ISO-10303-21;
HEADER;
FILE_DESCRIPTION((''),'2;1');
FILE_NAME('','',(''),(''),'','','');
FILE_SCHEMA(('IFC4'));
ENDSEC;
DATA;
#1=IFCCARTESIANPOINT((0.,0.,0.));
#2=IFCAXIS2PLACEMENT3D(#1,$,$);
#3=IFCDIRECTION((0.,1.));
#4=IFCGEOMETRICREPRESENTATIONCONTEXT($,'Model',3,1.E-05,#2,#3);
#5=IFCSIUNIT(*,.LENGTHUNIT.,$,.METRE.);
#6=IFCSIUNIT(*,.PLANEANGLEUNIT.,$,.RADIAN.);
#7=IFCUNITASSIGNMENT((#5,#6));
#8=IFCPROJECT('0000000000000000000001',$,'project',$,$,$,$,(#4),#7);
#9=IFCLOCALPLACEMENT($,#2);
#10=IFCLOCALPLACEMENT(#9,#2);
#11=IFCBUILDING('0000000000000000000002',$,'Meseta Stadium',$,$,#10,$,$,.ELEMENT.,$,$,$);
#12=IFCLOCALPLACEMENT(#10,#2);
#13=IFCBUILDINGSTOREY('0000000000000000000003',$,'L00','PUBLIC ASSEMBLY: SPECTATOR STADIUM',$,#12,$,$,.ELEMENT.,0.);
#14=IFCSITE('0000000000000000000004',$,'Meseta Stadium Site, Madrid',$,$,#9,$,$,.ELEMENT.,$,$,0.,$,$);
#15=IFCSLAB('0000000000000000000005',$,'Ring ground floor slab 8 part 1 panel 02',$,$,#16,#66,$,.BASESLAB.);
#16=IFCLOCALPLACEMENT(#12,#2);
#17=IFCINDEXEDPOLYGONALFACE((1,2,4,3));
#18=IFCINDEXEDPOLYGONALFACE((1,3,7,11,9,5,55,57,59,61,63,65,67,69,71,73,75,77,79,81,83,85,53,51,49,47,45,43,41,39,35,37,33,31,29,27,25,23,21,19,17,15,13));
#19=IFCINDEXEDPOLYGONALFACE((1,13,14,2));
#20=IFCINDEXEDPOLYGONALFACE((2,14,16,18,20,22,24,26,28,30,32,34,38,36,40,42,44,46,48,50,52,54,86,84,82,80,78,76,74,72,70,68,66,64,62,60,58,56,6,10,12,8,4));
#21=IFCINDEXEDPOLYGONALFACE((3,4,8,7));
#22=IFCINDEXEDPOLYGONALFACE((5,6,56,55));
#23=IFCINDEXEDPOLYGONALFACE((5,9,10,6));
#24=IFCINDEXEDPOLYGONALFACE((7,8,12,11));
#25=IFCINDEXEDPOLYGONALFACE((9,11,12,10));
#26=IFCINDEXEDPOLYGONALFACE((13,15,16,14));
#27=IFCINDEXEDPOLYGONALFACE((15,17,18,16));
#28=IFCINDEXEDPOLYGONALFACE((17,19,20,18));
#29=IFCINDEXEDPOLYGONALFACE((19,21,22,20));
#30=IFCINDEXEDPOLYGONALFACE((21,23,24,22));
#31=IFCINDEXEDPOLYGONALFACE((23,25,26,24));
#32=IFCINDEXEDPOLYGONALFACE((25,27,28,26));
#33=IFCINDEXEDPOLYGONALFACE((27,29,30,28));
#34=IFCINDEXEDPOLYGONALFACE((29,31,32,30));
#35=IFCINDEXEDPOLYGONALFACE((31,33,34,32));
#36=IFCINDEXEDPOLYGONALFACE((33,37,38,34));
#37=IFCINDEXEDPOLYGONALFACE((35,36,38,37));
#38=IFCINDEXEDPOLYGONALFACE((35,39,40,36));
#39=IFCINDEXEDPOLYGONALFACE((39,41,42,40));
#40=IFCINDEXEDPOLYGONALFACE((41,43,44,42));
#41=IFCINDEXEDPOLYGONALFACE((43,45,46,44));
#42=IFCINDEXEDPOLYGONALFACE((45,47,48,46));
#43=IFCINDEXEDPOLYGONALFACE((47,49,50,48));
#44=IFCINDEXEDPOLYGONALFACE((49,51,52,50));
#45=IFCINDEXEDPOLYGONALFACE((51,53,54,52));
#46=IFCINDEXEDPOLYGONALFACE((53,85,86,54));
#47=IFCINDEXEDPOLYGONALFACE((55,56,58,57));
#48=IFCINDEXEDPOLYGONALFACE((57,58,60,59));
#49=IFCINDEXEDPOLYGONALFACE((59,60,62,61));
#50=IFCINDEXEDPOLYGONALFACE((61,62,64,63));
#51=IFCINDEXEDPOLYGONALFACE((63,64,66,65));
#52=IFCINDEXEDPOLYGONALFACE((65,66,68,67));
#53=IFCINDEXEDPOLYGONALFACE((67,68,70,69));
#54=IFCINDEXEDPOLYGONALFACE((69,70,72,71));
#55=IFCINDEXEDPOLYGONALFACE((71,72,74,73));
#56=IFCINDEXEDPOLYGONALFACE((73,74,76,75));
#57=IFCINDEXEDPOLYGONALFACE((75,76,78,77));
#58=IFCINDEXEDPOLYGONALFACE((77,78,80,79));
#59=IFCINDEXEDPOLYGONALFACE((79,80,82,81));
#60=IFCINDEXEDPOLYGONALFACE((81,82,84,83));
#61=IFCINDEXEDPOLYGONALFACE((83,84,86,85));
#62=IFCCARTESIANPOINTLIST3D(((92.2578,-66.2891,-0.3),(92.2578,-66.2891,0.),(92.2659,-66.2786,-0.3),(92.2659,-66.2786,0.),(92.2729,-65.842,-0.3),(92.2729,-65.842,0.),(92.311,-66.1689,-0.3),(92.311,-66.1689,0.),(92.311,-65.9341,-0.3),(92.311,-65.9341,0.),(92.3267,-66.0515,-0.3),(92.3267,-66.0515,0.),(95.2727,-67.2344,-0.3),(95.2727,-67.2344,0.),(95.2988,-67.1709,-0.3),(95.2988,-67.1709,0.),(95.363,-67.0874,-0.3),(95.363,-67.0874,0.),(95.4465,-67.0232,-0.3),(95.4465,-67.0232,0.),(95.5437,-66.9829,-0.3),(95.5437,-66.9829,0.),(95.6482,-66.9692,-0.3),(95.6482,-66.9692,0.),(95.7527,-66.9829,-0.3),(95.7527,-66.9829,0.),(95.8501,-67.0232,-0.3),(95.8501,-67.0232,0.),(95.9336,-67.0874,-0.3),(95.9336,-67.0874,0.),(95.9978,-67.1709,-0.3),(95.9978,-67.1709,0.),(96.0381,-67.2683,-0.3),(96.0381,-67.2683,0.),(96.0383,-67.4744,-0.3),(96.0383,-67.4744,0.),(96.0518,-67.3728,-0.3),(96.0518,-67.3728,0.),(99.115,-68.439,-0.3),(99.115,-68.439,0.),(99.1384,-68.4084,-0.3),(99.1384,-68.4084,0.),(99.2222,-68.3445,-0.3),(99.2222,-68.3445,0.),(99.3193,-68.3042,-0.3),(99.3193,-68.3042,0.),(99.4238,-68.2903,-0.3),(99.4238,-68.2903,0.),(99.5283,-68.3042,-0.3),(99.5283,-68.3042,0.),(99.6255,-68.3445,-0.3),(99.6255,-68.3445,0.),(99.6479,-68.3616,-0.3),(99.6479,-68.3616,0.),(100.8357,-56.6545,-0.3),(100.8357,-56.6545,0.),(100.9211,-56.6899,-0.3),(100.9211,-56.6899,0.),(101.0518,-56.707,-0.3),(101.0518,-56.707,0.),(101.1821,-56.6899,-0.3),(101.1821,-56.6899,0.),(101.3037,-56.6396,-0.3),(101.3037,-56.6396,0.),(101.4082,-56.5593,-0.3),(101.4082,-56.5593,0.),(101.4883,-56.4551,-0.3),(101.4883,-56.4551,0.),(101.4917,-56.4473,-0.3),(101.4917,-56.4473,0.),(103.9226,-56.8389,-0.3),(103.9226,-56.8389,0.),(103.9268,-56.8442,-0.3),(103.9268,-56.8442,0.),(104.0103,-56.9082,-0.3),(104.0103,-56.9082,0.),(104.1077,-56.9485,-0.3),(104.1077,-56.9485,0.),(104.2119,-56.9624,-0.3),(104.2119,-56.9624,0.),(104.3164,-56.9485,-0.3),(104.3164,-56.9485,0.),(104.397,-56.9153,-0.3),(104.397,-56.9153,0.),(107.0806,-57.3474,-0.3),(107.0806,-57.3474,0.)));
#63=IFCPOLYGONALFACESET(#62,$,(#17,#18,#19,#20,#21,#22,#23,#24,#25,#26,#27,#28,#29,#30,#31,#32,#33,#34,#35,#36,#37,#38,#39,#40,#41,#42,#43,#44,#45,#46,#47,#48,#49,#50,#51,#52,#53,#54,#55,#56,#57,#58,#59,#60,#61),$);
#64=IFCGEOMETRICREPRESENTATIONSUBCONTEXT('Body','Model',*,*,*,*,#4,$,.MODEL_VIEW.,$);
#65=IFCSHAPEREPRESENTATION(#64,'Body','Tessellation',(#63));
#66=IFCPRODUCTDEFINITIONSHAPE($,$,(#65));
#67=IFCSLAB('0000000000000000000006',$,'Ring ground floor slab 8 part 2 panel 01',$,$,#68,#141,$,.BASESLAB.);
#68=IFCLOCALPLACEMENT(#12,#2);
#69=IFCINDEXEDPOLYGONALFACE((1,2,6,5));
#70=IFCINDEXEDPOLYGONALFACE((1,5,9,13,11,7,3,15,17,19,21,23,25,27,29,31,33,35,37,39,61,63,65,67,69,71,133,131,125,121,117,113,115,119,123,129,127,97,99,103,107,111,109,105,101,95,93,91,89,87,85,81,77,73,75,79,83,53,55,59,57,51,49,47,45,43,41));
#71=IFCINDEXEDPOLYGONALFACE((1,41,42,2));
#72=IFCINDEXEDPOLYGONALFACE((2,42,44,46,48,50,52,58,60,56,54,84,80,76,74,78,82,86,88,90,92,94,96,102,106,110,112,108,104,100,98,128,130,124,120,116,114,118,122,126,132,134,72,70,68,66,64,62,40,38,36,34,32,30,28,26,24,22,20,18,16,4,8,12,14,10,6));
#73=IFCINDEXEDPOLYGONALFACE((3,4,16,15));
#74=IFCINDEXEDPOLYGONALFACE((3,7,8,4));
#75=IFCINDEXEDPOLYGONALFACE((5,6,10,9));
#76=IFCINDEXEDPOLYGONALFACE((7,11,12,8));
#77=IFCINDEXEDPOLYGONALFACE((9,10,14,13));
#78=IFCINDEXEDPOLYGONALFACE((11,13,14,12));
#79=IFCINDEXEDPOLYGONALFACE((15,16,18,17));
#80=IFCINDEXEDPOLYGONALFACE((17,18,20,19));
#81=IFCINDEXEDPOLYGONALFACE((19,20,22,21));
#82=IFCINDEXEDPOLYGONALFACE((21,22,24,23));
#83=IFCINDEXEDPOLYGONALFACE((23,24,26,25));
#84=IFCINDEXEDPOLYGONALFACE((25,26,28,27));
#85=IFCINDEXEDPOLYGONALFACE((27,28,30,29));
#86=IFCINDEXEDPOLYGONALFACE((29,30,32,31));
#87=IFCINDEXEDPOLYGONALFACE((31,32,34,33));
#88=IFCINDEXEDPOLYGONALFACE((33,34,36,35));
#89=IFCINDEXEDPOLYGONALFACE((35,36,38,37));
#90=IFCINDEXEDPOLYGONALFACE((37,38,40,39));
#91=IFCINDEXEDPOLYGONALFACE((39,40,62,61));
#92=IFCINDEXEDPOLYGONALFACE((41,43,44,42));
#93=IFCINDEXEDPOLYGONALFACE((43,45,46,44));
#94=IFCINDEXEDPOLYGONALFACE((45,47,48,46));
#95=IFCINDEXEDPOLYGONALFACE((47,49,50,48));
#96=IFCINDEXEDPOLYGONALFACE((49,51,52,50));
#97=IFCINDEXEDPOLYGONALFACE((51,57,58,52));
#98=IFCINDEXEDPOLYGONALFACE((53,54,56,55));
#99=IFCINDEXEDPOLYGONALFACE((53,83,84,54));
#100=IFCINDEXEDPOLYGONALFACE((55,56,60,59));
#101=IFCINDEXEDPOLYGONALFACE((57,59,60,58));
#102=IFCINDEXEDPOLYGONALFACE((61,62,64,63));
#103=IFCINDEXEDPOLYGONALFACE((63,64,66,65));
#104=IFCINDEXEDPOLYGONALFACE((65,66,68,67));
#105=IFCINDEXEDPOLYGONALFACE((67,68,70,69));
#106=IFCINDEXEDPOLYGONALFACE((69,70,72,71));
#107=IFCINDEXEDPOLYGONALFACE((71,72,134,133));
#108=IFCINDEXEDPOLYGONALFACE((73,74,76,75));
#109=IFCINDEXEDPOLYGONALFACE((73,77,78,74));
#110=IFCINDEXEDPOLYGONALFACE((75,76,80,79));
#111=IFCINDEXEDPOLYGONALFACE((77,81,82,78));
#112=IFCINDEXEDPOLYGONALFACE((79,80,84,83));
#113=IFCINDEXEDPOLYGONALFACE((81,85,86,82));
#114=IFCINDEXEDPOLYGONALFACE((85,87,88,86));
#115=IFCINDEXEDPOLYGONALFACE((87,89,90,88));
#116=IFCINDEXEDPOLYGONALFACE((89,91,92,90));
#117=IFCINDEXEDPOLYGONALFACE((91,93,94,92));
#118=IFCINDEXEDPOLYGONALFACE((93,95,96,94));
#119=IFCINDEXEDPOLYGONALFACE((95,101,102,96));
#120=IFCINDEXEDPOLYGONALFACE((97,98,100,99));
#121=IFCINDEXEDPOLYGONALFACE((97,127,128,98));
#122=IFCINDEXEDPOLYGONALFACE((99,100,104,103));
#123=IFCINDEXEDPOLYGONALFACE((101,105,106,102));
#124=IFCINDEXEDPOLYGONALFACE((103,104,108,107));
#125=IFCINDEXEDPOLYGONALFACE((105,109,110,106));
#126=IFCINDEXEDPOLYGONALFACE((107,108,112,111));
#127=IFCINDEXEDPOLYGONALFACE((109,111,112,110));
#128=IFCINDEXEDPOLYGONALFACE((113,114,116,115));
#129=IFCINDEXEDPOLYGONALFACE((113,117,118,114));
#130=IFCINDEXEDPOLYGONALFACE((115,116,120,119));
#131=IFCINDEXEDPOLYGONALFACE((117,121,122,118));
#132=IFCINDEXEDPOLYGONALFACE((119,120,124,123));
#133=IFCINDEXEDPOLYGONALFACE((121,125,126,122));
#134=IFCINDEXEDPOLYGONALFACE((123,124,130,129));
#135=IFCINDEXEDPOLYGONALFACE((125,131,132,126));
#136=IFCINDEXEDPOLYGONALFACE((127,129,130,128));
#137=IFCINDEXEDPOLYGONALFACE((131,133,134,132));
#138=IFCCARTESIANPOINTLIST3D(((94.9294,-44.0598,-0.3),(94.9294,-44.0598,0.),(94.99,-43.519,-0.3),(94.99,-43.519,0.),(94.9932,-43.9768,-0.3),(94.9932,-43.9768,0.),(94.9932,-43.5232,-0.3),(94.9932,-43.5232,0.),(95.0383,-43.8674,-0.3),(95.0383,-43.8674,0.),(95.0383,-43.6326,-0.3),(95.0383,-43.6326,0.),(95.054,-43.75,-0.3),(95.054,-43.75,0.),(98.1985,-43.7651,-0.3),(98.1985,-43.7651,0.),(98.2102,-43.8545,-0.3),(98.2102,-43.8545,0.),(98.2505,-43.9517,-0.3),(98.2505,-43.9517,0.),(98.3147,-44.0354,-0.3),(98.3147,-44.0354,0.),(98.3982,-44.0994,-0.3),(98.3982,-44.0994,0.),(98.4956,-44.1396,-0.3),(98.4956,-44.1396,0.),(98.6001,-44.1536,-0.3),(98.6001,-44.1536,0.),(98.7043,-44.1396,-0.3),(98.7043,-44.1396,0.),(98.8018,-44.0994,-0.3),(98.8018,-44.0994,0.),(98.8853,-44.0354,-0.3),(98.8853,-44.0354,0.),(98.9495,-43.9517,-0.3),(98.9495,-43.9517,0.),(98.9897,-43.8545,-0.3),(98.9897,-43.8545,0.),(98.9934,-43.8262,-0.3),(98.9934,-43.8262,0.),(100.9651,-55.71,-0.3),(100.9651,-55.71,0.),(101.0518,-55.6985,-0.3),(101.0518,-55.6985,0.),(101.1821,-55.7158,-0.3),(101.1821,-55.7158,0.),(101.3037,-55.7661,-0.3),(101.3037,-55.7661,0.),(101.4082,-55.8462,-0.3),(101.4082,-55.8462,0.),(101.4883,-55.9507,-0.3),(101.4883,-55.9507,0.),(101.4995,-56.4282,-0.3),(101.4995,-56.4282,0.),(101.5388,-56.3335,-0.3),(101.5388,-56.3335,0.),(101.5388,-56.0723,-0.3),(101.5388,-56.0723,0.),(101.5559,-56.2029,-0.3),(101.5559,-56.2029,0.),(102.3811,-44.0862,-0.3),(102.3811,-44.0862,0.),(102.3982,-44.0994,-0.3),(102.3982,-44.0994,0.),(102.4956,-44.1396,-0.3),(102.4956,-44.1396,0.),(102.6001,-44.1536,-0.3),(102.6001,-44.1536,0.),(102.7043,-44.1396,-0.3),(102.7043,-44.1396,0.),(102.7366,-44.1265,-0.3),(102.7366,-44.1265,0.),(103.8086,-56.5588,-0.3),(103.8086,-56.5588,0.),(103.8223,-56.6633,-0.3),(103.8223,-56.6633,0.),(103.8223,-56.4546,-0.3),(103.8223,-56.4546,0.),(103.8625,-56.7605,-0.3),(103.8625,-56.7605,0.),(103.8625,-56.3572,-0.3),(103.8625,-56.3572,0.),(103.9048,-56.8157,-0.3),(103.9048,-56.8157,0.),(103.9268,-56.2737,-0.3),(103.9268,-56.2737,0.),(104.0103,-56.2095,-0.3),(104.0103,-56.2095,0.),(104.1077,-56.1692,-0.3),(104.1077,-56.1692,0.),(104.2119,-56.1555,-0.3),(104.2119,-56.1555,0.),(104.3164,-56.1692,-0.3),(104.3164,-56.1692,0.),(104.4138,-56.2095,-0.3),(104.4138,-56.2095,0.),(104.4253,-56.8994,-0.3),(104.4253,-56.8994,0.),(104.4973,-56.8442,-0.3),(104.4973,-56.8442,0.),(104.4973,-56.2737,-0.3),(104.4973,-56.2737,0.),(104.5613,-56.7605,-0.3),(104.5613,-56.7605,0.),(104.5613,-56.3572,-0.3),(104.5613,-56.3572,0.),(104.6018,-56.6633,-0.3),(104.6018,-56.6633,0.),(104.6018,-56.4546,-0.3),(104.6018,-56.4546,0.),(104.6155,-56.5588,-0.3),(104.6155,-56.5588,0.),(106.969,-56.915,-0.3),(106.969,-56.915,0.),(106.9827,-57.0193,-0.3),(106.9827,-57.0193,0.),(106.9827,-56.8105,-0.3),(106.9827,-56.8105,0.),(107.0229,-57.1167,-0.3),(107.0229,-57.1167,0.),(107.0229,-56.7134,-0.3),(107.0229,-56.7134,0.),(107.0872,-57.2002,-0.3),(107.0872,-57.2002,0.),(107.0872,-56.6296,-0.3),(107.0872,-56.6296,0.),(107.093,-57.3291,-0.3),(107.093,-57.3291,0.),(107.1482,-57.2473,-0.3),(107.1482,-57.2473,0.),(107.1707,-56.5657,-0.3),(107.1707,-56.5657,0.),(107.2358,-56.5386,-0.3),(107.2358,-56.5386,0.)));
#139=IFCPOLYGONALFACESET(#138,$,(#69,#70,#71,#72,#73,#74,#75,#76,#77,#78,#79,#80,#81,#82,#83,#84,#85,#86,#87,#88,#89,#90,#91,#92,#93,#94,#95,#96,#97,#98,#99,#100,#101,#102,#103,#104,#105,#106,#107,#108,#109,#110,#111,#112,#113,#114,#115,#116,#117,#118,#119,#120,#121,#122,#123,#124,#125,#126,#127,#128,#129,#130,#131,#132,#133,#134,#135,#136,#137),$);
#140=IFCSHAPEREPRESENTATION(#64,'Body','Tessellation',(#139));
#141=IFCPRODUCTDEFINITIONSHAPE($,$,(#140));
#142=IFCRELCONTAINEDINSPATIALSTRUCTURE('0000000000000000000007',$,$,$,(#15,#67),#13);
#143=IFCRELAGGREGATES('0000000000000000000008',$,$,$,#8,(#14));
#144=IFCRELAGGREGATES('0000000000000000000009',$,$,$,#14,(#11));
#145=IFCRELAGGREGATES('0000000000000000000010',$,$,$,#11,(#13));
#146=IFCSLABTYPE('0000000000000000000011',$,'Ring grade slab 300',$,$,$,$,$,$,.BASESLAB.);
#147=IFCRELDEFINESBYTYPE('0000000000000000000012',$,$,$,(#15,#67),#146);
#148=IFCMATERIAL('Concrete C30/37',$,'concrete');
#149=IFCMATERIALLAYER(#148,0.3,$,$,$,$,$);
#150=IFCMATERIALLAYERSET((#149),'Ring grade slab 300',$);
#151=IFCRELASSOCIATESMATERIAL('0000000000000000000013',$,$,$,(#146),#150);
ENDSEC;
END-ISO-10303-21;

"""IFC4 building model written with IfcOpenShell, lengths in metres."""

from ifc_helpers import new_model, si_unit, direction, frame, origin, place, context, subcontext, project, spatial, polyline, outline, extrude, material, layer, layer_set, type_object, element, save


model = new_model("IFC4")

# Units and contexts
model_context = context("Model", 3, precision=1e-05, world=origin(), true_north=direction((0.0, 1.0)))
body_context = subcontext(model_context, "Body", "Model", "MODEL_VIEW")
ifc_project = project(units=[si_unit("LENGTHUNIT", "METRE"), si_unit("PLANEANGLEUNIT", "RADIAN")], contexts=[model_context])

# Site, building, storey
site_placement = place(None, origin())
site = spatial("IfcSite", under=ifc_project, at=site_placement, Name="Meseta Stadium Site, Madrid", CompositionType="ELEMENT", RefElevation=0.0)
building_placement = place(site_placement, origin())
building = spatial("IfcBuilding", under=site, at=building_placement, Name="Meseta Stadium", CompositionType="ELEMENT")
storey_placement = place(building_placement, origin())
storey = spatial("IfcBuildingStorey", under=building, at=storey_placement, Name="L00", Description="PUBLIC ASSEMBLY: SPECTATOR STADIUM", CompositionType="ELEMENT", Elevation=0.0)

# Slabs
ifc_material_1 = material(Name="Concrete C30/37", Category="concrete")
ifc_layer_1 = layer(ifc_material_1, 0.3)
ifc_layer_set_1 = layer_set([ifc_layer_1], Name="Ring grade slab 300")
slab_type_1 = type_object("IfcSlabType", Name="Ring grade slab 300", PredefinedType="BASESLAB", material=ifc_layer_set_1)
slab_1_placement = place(storey_placement, frame((0.0, 0.0, -0.3)))
element("IfcSlab", 1, at=slab_1_placement, inside=storey, type_object=slab_type_1, Name="Ring ground floor slab 8 part 1 panel 02", PredefinedType="BASESLAB", context=body_context, shape_type="SweptSolid", body=[
    extrude(outline(polyline([(92.311, -66.1689), (92.2659, -66.2786), (92.2578, -66.2891), (95.2727, -67.2344), (95.2988, -67.1709), (95.363, -67.0874), (95.4465, -67.0232), (95.5437, -66.9829), (95.6482, -66.9692), (95.7527, -66.9829), (95.8501, -67.0232), (95.9336, -67.0874), (95.9978, -67.1709), (96.0381, -67.2683), (96.0518, -67.3728), (96.0383, -67.4744), (99.115, -68.439), (99.1384, -68.4084), (99.2222, -68.3445), (99.3193, -68.3042), (99.4238, -68.2903), (99.5283, -68.3042), (99.6255, -68.3445), (99.6479, -68.3616), (107.0806, -57.3474), (104.397, -56.9153), (104.3164, -56.9485), (104.2119, -56.9624), (104.1077, -56.9485), (104.0103, -56.9082), (103.9268, -56.8442), (103.9226, -56.8389), (101.4917, -56.4473), (101.4883, -56.4551), (101.4082, -56.5593), (101.3037, -56.6396), (101.1821, -56.6899), (101.0518, -56.707), (100.9211, -56.6899), (100.8357, -56.6545), (92.2729, -65.842), (92.311, -65.9341), (92.3267, -66.0515), (92.311, -66.1689)])), origin(), (0.0, 0.0, 1.0), 0.3),
])
slab_2_placement = place(storey_placement, frame((0.0, 0.0, -0.3)))
element("IfcSlab", 2, at=slab_2_placement, inside=storey, type_object=slab_type_1, Name="Ring ground floor slab 8 part 2 panel 01", PredefinedType="BASESLAB", context=body_context, shape_type="SweptSolid", body=[
    extrude(outline(polyline([(102.4956, -44.1396), (102.3982, -44.0994), (102.3811, -44.0862), (98.9934, -43.8262), (98.9897, -43.8545), (98.9495, -43.9517), (98.8853, -44.0354), (98.8018, -44.0994), (98.7043, -44.1396), (98.6001, -44.1536), (98.4956, -44.1396), (98.3982, -44.0994), (98.3147, -44.0354), (98.2505, -43.9517), (98.2102, -43.8545), (98.1985, -43.7651), (94.99, -43.519), (94.9932, -43.5232), (95.0383, -43.6326), (95.054, -43.75), (95.0383, -43.8674), (94.9932, -43.9768), (94.9294, -44.0598), (100.9651, -55.71), (101.0518, -55.6985), (101.1821, -55.7158), (101.3037, -55.7661), (101.4082, -55.8462), (101.4883, -55.9507), (101.5388, -56.0723), (101.5559, -56.2029), (101.5388, -56.3335), (101.4995, -56.4282), (103.9048, -56.8157), (103.8625, -56.7605), (103.8223, -56.6633), (103.8086, -56.5588), (103.8223, -56.4546), (103.8625, -56.3572), (103.9268, -56.2737), (104.0103, -56.2095), (104.1077, -56.1692), (104.2119, -56.1555), (104.3164, -56.1692), (104.4138, -56.2095), (104.4973, -56.2737), (104.5613, -56.3572), (104.6018, -56.4546), (104.6155, -56.5588), (104.6018, -56.6633), (104.5613, -56.7605), (104.4973, -56.8442), (104.4253, -56.8994), (107.093, -57.3291), (107.1482, -57.2473), (107.0872, -57.2002), (107.0229, -57.1167), (106.9827, -57.0193), (106.969, -56.915), (106.9827, -56.8105), (107.0229, -56.7134), (107.0872, -56.6296), (107.1707, -56.5657), (107.2358, -56.5386), (102.7366, -44.1265), (102.7043, -44.1396), (102.6001, -44.1536), (102.4956, -44.1396)])), origin(), (0.0, 0.0, 1.0), 0.3),
])

save(model, "model.ifc")
